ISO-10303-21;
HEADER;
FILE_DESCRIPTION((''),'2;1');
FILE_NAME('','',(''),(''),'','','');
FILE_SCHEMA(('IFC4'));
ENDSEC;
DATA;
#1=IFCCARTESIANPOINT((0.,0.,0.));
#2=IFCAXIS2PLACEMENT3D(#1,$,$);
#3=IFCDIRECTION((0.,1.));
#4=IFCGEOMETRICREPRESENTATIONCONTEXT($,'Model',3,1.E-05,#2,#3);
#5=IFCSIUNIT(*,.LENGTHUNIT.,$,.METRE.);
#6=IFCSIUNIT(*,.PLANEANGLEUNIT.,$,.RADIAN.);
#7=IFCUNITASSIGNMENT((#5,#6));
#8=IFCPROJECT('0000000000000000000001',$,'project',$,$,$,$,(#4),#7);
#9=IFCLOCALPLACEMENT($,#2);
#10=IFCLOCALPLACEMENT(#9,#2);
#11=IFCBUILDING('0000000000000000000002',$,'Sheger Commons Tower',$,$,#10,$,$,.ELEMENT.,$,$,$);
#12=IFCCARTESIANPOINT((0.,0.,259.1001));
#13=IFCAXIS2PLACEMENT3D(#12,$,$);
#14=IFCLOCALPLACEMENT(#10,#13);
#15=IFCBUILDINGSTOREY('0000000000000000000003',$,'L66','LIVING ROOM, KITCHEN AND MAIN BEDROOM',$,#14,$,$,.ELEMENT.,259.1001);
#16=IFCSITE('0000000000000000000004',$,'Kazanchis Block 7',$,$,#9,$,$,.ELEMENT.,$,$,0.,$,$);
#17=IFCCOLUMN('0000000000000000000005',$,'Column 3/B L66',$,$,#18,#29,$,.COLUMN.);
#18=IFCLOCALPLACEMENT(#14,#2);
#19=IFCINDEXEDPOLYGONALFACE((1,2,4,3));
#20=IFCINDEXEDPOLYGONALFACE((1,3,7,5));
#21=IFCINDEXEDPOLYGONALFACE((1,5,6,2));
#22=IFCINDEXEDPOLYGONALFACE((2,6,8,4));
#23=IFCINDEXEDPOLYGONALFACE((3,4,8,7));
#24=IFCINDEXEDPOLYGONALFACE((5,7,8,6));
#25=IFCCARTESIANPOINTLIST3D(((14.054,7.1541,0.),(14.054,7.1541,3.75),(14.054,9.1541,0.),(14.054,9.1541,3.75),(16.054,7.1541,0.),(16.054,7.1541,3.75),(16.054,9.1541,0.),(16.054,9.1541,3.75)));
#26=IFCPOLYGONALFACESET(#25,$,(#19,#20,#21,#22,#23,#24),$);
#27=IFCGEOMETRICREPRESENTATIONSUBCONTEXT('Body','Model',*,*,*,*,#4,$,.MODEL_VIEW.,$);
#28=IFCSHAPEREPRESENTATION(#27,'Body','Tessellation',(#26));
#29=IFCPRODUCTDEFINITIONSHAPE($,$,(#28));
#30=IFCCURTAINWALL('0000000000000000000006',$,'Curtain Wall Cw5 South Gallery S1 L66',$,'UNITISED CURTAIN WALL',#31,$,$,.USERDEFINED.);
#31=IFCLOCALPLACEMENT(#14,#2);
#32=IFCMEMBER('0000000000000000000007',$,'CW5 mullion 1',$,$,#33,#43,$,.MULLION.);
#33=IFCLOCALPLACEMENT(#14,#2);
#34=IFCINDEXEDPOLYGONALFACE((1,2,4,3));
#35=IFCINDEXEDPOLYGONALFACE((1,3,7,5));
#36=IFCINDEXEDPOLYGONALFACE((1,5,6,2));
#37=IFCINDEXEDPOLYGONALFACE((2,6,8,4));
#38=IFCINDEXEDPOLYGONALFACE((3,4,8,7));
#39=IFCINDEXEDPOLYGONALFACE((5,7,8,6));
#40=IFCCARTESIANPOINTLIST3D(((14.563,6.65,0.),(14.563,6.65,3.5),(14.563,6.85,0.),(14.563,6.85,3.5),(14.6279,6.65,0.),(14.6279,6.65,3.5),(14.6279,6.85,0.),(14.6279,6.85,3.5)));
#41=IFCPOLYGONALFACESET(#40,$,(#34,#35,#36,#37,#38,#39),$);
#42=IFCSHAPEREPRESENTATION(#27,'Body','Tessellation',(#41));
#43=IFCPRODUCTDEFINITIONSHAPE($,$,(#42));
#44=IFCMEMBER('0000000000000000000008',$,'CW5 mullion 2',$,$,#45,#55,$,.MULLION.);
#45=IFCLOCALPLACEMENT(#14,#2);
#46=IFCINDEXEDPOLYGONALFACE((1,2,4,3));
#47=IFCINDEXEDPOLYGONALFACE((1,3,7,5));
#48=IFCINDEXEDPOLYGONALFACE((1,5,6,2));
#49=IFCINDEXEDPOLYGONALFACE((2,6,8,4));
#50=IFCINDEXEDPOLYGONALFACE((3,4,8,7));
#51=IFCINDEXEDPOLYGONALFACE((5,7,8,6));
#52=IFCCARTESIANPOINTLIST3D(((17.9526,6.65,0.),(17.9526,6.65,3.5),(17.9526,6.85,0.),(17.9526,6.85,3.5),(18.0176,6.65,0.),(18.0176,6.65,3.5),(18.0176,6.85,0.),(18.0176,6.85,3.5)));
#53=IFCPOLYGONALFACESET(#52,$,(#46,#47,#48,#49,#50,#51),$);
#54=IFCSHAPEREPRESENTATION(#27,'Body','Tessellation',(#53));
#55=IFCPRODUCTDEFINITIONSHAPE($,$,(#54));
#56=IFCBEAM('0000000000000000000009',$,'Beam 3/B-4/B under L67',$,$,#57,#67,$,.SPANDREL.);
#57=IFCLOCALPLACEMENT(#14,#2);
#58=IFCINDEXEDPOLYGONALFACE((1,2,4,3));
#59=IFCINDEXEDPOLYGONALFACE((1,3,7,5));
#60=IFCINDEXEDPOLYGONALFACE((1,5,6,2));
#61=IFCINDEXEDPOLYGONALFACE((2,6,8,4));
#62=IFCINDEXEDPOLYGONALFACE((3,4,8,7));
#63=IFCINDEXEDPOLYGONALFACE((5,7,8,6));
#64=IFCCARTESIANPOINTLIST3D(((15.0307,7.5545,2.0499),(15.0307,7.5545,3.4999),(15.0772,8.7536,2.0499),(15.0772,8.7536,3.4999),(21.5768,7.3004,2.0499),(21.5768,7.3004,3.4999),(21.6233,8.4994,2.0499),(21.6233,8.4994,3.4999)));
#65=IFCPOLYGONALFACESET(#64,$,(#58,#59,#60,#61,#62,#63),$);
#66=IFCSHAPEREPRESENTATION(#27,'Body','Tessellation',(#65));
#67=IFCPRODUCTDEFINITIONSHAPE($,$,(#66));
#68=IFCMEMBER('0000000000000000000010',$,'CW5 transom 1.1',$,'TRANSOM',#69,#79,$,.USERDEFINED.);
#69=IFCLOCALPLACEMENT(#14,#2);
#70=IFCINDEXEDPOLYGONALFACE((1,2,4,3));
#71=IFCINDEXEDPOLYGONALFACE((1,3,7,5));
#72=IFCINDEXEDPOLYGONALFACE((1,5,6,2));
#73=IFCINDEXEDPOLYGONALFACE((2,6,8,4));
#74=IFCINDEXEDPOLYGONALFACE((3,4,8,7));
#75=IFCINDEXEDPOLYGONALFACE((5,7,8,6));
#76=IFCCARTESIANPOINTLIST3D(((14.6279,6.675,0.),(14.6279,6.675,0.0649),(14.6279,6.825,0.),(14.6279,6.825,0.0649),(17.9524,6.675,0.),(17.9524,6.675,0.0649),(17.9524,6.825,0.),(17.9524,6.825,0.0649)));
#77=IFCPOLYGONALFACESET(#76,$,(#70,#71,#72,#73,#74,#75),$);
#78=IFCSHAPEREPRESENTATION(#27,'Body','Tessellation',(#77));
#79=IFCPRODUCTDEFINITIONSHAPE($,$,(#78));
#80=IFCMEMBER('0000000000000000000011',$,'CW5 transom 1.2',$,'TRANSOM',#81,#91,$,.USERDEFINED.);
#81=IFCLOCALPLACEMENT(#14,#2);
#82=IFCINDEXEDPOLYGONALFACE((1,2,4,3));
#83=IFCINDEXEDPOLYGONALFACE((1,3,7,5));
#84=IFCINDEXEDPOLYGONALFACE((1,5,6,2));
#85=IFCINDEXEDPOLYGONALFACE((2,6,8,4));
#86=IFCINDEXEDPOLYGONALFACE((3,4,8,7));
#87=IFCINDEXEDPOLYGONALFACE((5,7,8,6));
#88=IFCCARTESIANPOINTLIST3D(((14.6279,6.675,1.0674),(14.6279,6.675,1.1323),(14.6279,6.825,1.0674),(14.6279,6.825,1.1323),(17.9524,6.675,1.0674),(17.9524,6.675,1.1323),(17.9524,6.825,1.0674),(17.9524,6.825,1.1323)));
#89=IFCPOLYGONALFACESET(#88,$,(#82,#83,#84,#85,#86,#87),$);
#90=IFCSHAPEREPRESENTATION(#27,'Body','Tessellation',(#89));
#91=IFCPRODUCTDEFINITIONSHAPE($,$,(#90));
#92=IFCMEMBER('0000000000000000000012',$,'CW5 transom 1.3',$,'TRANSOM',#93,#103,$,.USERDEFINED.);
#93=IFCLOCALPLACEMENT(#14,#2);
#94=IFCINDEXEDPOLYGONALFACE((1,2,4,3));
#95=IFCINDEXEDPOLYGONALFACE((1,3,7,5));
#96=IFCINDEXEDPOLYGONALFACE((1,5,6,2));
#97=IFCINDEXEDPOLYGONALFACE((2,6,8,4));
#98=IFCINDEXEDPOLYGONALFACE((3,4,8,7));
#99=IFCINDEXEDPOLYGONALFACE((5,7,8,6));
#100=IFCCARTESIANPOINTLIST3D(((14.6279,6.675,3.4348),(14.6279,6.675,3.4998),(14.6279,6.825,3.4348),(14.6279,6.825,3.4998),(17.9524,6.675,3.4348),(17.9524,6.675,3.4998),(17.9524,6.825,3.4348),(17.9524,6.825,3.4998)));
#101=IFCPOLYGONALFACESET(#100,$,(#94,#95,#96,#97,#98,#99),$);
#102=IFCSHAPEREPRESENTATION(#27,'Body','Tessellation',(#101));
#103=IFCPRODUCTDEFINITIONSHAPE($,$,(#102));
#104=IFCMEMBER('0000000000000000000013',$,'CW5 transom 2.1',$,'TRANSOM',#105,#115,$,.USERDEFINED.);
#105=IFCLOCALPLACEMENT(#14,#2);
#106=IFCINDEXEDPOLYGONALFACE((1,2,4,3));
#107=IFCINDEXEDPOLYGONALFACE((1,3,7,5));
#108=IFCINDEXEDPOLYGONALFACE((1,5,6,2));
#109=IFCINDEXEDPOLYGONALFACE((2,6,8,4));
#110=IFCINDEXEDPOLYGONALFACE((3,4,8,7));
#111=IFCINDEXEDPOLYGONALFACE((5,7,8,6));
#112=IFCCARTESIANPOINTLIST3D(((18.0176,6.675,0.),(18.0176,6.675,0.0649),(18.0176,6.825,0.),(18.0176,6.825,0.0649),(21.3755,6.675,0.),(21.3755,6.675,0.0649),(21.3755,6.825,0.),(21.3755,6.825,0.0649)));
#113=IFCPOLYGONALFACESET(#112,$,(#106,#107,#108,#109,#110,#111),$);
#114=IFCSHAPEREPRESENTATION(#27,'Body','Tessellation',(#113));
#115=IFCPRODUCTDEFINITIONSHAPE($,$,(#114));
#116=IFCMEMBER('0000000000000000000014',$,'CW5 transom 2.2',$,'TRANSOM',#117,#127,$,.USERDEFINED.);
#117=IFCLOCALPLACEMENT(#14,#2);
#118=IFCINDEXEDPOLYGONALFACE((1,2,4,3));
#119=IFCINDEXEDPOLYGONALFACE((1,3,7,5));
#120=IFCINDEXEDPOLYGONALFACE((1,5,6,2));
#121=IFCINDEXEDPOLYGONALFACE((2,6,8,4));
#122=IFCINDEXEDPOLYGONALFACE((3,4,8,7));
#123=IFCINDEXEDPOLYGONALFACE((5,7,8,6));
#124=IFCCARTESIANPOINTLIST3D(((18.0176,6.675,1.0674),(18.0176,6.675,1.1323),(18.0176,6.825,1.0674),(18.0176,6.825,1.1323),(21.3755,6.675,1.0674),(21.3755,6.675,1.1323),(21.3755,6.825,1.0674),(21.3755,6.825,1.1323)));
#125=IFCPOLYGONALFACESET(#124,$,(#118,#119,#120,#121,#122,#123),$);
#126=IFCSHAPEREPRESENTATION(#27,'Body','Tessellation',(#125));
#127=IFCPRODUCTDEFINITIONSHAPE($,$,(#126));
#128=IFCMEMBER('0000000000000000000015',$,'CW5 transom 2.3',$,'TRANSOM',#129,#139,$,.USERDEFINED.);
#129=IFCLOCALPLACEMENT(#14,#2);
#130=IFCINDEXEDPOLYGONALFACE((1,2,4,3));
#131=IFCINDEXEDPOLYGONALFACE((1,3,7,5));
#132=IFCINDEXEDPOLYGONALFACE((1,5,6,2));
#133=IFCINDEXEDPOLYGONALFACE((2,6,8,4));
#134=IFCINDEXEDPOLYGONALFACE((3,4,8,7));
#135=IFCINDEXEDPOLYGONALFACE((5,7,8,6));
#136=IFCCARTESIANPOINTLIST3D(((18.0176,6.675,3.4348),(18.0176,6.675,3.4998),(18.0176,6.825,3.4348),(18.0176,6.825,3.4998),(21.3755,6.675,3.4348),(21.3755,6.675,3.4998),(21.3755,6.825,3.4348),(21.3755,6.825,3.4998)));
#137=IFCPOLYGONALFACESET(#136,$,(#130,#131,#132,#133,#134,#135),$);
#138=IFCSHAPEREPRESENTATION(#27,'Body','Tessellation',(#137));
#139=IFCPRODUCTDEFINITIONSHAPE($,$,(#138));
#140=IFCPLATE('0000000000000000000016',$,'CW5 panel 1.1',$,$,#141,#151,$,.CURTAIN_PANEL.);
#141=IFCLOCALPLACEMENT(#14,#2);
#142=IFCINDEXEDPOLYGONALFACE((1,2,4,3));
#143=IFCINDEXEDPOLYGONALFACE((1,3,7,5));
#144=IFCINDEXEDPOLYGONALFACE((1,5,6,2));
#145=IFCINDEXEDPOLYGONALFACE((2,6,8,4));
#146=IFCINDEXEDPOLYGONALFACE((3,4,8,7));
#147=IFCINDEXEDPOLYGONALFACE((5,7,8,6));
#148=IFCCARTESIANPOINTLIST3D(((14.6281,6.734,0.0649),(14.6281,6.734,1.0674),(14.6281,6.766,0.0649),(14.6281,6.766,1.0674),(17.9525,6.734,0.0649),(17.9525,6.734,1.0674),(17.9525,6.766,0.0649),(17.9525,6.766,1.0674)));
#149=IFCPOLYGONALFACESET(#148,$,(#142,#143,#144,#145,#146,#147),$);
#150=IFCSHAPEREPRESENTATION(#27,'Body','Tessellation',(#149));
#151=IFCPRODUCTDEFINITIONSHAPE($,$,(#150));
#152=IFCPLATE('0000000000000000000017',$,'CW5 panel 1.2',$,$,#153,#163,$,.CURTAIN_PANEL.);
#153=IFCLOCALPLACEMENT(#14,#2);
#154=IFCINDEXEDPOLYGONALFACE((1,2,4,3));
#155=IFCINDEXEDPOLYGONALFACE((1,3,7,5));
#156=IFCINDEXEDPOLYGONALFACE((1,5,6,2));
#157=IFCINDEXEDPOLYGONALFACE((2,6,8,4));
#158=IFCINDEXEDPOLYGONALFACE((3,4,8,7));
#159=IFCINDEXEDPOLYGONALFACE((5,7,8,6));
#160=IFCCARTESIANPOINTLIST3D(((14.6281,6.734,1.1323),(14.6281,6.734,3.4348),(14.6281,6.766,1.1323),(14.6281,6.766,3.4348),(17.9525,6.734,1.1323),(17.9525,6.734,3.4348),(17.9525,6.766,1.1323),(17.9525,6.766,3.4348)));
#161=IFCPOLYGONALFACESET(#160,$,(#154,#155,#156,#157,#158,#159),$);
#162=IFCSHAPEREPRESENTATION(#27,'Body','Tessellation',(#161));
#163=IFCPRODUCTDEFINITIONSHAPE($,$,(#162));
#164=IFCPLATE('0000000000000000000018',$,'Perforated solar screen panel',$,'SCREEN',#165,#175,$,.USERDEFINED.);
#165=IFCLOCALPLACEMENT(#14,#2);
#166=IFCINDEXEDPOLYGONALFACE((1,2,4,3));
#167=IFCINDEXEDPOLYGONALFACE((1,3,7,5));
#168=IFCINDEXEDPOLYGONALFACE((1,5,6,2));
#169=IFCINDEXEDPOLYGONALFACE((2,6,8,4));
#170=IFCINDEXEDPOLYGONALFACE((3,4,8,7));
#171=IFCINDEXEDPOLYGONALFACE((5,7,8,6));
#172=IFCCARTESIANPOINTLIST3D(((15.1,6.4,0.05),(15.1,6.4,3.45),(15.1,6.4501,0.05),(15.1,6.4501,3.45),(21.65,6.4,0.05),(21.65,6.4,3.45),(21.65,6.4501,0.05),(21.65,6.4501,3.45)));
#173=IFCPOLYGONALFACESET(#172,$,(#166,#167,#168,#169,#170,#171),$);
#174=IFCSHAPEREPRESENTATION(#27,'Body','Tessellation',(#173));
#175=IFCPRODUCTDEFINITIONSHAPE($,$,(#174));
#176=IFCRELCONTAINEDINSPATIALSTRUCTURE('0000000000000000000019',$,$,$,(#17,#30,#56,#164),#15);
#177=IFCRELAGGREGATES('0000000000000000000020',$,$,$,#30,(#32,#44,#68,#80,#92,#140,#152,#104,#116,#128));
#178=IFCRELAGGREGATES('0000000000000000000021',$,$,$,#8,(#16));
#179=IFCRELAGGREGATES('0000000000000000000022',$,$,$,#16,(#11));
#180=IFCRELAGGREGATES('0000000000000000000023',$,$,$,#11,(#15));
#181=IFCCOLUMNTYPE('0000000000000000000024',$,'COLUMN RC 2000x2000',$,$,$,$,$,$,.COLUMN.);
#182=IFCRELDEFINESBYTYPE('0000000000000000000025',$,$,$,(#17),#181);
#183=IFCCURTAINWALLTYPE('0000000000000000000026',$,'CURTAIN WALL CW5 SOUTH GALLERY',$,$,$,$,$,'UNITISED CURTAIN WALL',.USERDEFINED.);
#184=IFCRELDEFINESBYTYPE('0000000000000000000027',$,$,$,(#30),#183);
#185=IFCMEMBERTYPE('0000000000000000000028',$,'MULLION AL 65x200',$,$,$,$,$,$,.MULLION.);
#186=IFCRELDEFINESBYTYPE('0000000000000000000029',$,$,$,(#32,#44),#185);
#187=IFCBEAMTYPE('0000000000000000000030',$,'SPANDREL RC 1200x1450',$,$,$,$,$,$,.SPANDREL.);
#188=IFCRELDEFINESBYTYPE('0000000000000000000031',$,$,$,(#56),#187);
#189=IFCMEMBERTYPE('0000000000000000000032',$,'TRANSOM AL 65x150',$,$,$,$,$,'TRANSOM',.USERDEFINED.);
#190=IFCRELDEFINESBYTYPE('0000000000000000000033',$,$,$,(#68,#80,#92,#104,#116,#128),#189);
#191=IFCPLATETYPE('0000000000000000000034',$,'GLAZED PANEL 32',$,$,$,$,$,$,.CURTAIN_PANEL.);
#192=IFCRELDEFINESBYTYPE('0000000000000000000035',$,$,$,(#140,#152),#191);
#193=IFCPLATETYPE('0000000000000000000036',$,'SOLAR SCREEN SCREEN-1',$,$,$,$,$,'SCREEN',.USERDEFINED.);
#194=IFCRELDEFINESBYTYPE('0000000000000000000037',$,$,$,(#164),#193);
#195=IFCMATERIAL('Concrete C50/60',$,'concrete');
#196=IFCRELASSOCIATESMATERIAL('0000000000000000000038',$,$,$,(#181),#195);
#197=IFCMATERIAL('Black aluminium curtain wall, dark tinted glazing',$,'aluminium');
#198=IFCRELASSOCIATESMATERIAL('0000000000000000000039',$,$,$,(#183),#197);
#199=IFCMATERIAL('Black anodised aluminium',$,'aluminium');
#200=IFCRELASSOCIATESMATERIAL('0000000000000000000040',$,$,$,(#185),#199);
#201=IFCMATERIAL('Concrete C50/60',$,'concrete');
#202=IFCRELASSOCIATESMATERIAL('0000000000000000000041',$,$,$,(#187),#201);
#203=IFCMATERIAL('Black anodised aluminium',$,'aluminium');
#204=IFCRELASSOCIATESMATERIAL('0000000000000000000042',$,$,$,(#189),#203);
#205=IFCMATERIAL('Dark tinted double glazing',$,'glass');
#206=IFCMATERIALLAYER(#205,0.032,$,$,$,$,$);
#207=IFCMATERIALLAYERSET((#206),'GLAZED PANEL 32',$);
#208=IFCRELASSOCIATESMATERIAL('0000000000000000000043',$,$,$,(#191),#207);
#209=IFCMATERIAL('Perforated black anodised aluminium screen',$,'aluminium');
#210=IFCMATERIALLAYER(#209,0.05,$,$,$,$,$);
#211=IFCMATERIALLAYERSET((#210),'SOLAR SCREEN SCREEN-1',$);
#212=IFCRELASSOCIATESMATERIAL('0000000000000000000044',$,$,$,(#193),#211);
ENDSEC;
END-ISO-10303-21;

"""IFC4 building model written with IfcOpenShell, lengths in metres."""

from ifc_helpers import new_model, si_unit, direction, frame, origin, origin_2d, place, context, subcontext, project, spatial, rectangle, extrude, material, layer, layer_set, material_profile, profile_set, type_object, element, aggregate, save


model = new_model("IFC4")

# Units and contexts
model_context = context("Model", 3, precision=1e-05, world=origin(), true_north=direction((0.0, 1.0)))
body_context = subcontext(model_context, "Body", "Model", "MODEL_VIEW")
ifc_project = project(units=[si_unit("LENGTHUNIT", "METRE"), si_unit("PLANEANGLEUNIT", "RADIAN")], contexts=[model_context])

# Site, building, storey
site_placement = place(None, origin())
site = spatial("IfcSite", under=ifc_project, at=site_placement, Name="Kazanchis Block 7", CompositionType="ELEMENT", RefElevation=0.0)
building_placement = place(site_placement, origin())
building = spatial("IfcBuilding", under=site, at=building_placement, Name="Sheger Commons Tower", CompositionType="ELEMENT")
storey_placement = place(building_placement, frame((0.0, 0.0, 259.1001)))
storey = spatial("IfcBuildingStorey", under=building, at=storey_placement, Name="L66", Description="LIVING ROOM, KITCHEN AND MAIN BEDROOM", CompositionType="ELEMENT", Elevation=259.1001)

# Column
ifc_material_1 = material(Name="Concrete C50/60", Category="concrete")
ifc_material_profile_1 = material_profile(ifc_material_1, rectangle(XDim=2.0, YDim=2.0, at=origin_2d()), Name="RC 2000x2000")
ifc_profile_set_1 = profile_set([ifc_material_profile_1], Name="Concrete C50/60")
column_type = type_object("IfcColumnType", Name="COLUMN RC 2000x2000", PredefinedType="COLUMN", material=ifc_profile_set_1)
column_placement = place(storey_placement, frame((15.054, 8.1541, 0.0), z_axis=(0.0, 0.0, 1.0), x_axis=(1.0, 0.0, 0.0)))
element("IfcColumn", 1, at=column_placement, inside=storey, type_object=column_type, Name="Column 3/B L66", PredefinedType="COLUMN", context=body_context, shape_type="SweptSolid", body=[
    extrude(rectangle(XDim=2.0, YDim=2.0, at=origin_2d()), origin(), (0.0, 0.0, 1.0), 3.75),
])

# Curtain wall, members
ifc_material_2 = material(Name="Black aluminium curtain wall, dark tinted glazing", Category="aluminium")
curtain_wall_type = type_object("IfcCurtainWallType", Name="CURTAIN WALL CW5 SOUTH GALLERY", ElementType="UNITISED CURTAIN WALL", PredefinedType="USERDEFINED", material=ifc_material_2)
curtain_wall_placement = place(storey_placement, origin())
curtain_wall = element("IfcCurtainWall", 2, at=curtain_wall_placement, inside=storey, type_object=curtain_wall_type, Name="Curtain Wall Cw5 South Gallery S1 L66", ObjectType="UNITISED CURTAIN WALL", PredefinedType="USERDEFINED")
ifc_material_3 = material(Name="Black anodised aluminium", Category="aluminium")
ifc_material_profile_2 = material_profile(ifc_material_3, rectangle(XDim=0.2, YDim=0.0649, at=origin_2d()), Name="AL 65x200")
ifc_profile_set_2 = profile_set([ifc_material_profile_2], Name="Black anodised aluminium")
member_type_1 = type_object("IfcMemberType", Name="MULLION AL 65x200", PredefinedType="MULLION", material=ifc_profile_set_2)
member_1_placement = place(storey_placement, frame((14.5955, 6.75, 0.0), z_axis=(0.0, 0.0, 1.0), x_axis=(0.0, 1.0, 0.0)))
member_1 = element("IfcMember", 3, at=member_1_placement, type_object=member_type_1, Name="CW5 mullion 1", PredefinedType="MULLION", context=body_context, shape_type="SweptSolid", body=[
    extrude(rectangle(XDim=0.2, YDim=0.0649, at=origin_2d()), origin(), (0.0, 0.0, 1.0), 3.5),
])
member_2_placement = place(storey_placement, frame((17.9851, 6.75, 0.0), z_axis=(0.0, 0.0, 1.0), x_axis=(0.0, 1.0, 0.0)))
member_2 = element("IfcMember", 4, at=member_2_placement, type_object=member_type_1, Name="CW5 mullion 2", PredefinedType="MULLION", context=body_context, shape_type="SweptSolid", body=[
    extrude(rectangle(XDim=0.2, YDim=0.0649, at=origin_2d()), origin(), (0.0, 0.0, 1.0), 3.5),
])

# Beam
ifc_material_4 = material(Name="Concrete C50/60", Category="concrete")
ifc_material_profile_3 = material_profile(ifc_material_4, rectangle(XDim=1.2, YDim=1.45, at=origin_2d()), Name="RC 1200x1450")
ifc_profile_set_3 = profile_set([ifc_material_profile_3], Name="Concrete C50/60")
beam_type = type_object("IfcBeamType", Name="SPANDREL RC 1200x1450", PredefinedType="SPANDREL", material=ifc_profile_set_3)
beam_placement = place(storey_placement, frame((15.054, 8.1541, 2.7749), z_axis=(0.999247, -0.038795, 0.0), x_axis=(0.038795, 0.999247, 0.0)))
element("IfcBeam", 5, at=beam_placement, inside=storey, type_object=beam_type, Name="Beam 3/B-4/B under L67", PredefinedType="SPANDREL", context=body_context, shape_type="SweptSolid", body=[
    extrude(rectangle(XDim=1.2, YDim=1.45, at=origin_2d()), origin(), (0.0, 0.0, 1.0), 6.551),
])

# Members
ifc_material_5 = material(Name="Black anodised aluminium", Category="aluminium")
ifc_material_profile_4 = material_profile(ifc_material_5, rectangle(XDim=0.1499, YDim=0.0649, at=origin_2d()), Name="AL 65x150")
ifc_profile_set_4 = profile_set([ifc_material_profile_4], Name="Black anodised aluminium")
member_type_2 = type_object("IfcMemberType", Name="TRANSOM AL 65x150", ElementType="TRANSOM", PredefinedType="USERDEFINED", material=ifc_profile_set_4)
member_3_placement = place(storey_placement, frame((14.6279, 6.75, 0.0325), z_axis=(1.0, 0.0, 0.0), x_axis=(0.0, 1.0, 0.0)))
member_3 = element("IfcMember", 6, at=member_3_placement, type_object=member_type_2, Name="CW5 transom 1.1", ObjectType="TRANSOM", PredefinedType="USERDEFINED", context=body_context, shape_type="SweptSolid", body=[
    extrude(rectangle(XDim=0.1499, YDim=0.0649, at=origin_2d()), origin(), (0.0, 0.0, 1.0), 3.3245),
])
member_4_placement = place(storey_placement, frame((14.6279, 6.75, 1.0999), z_axis=(1.0, 0.0, 0.0), x_axis=(0.0, 1.0, 0.0)))
member_4 = element("IfcMember", 7, at=member_4_placement, type_object=member_type_2, Name="CW5 transom 1.2", ObjectType="TRANSOM", PredefinedType="USERDEFINED", context=body_context, shape_type="SweptSolid", body=[
    extrude(rectangle(XDim=0.1499, YDim=0.0649, at=origin_2d()), origin(), (0.0, 0.0, 1.0), 3.3245),
])
member_5_placement = place(storey_placement, frame((14.6279, 6.75, 3.4673), z_axis=(1.0, 0.0, 0.0), x_axis=(0.0, 1.0, 0.0)))
member_5 = element("IfcMember", 8, at=member_5_placement, type_object=member_type_2, Name="CW5 transom 1.3", ObjectType="TRANSOM", PredefinedType="USERDEFINED", context=body_context, shape_type="SweptSolid", body=[
    extrude(rectangle(XDim=0.1499, YDim=0.0649, at=origin_2d()), origin(), (0.0, 0.0, 1.0), 3.3245),
])
member_6_placement = place(storey_placement, frame((18.0176, 6.75, 0.0325), z_axis=(1.0, 0.0, 0.0), x_axis=(0.0, 1.0, 0.0)))
member_6 = element("IfcMember", 9, at=member_6_placement, type_object=member_type_2, Name="CW5 transom 2.1", ObjectType="TRANSOM", PredefinedType="USERDEFINED", context=body_context, shape_type="SweptSolid", body=[
    extrude(rectangle(XDim=0.1499, YDim=0.0649, at=origin_2d()), origin(), (0.0, 0.0, 1.0), 3.3579),
])
member_7_placement = place(storey_placement, frame((18.0176, 6.75, 1.0999), z_axis=(1.0, 0.0, 0.0), x_axis=(0.0, 1.0, 0.0)))
member_7 = element("IfcMember", 10, at=member_7_placement, type_object=member_type_2, Name="CW5 transom 2.2", ObjectType="TRANSOM", PredefinedType="USERDEFINED", context=body_context, shape_type="SweptSolid", body=[
    extrude(rectangle(XDim=0.1499, YDim=0.0649, at=origin_2d()), origin(), (0.0, 0.0, 1.0), 3.3579),
])
member_8_placement = place(storey_placement, frame((18.0176, 6.75, 3.4673), z_axis=(1.0, 0.0, 0.0), x_axis=(0.0, 1.0, 0.0)))
member_8 = element("IfcMember", 11, at=member_8_placement, type_object=member_type_2, Name="CW5 transom 2.3", ObjectType="TRANSOM", PredefinedType="USERDEFINED", context=body_context, shape_type="SweptSolid", body=[
    extrude(rectangle(XDim=0.1499, YDim=0.0649, at=origin_2d()), origin(), (0.0, 0.0, 1.0), 3.3579),
])

# Plates
ifc_material_6 = material(Name="Dark tinted double glazing", Category="glass")
ifc_layer_1 = layer(ifc_material_6, 0.032)
ifc_layer_set_1 = layer_set([ifc_layer_1], Name="GLAZED PANEL 32")
plate_type_1 = type_object("IfcPlateType", Name="GLAZED PANEL 32", PredefinedType="CURTAIN_PANEL", material=ifc_layer_set_1)
plate_1_placement = place(storey_placement, frame((16.2903, 6.75, 0.0649), z_axis=(0.0, 0.0, 1.0), x_axis=(1.0, 0.0, 0.0)))
plate_1 = element("IfcPlate", 12, at=plate_1_placement, type_object=plate_type_1, Name="CW5 panel 1.1", PredefinedType="CURTAIN_PANEL", context=body_context, shape_type="SweptSolid", body=[
    extrude(rectangle(XDim=3.3245, YDim=0.032, at=origin_2d()), origin(), (0.0, 0.0, 1.0), 1.0024),
])
plate_2_placement = place(storey_placement, frame((16.2903, 6.75, 1.1323), z_axis=(0.0, 0.0, 1.0), x_axis=(1.0, 0.0, 0.0)))
plate_2 = element("IfcPlate", 13, at=plate_2_placement, type_object=plate_type_1, Name="CW5 panel 1.2", PredefinedType="CURTAIN_PANEL", context=body_context, shape_type="SweptSolid", body=[
    extrude(rectangle(XDim=3.3245, YDim=0.032, at=origin_2d()), origin(), (0.0, 0.0, 1.0), 2.3025),
])
aggregate(curtain_wall, [member_1, member_2, member_3, member_4, member_5, plate_1, plate_2, member_6, member_7, member_8])
ifc_material_7 = material(Name="Perforated black anodised aluminium screen", Category="aluminium")
ifc_layer_2 = layer(ifc_material_7, 0.05)
ifc_layer_set_2 = layer_set([ifc_layer_2], Name="SOLAR SCREEN SCREEN-1")
plate_type_2 = type_object("IfcPlateType", Name="SOLAR SCREEN SCREEN-1", ElementType="SCREEN", PredefinedType="USERDEFINED", material=ifc_layer_set_2)
plate_3_placement = place(storey_placement, frame((18.375, 6.425, 0.05), z_axis=(0.0, 0.0, 1.0), x_axis=(1.0, 0.0, 0.0)))
element("IfcPlate", 14, at=plate_3_placement, inside=storey, type_object=plate_type_2, Name="Perforated solar screen panel", ObjectType="SCREEN", PredefinedType="USERDEFINED", context=body_context, shape_type="SweptSolid", body=[
    extrude(rectangle(XDim=6.55, YDim=0.05, at=origin_2d()), origin(), (0.0, 0.0, 1.0), 3.3999),
])

save(model, "model.ifc")
